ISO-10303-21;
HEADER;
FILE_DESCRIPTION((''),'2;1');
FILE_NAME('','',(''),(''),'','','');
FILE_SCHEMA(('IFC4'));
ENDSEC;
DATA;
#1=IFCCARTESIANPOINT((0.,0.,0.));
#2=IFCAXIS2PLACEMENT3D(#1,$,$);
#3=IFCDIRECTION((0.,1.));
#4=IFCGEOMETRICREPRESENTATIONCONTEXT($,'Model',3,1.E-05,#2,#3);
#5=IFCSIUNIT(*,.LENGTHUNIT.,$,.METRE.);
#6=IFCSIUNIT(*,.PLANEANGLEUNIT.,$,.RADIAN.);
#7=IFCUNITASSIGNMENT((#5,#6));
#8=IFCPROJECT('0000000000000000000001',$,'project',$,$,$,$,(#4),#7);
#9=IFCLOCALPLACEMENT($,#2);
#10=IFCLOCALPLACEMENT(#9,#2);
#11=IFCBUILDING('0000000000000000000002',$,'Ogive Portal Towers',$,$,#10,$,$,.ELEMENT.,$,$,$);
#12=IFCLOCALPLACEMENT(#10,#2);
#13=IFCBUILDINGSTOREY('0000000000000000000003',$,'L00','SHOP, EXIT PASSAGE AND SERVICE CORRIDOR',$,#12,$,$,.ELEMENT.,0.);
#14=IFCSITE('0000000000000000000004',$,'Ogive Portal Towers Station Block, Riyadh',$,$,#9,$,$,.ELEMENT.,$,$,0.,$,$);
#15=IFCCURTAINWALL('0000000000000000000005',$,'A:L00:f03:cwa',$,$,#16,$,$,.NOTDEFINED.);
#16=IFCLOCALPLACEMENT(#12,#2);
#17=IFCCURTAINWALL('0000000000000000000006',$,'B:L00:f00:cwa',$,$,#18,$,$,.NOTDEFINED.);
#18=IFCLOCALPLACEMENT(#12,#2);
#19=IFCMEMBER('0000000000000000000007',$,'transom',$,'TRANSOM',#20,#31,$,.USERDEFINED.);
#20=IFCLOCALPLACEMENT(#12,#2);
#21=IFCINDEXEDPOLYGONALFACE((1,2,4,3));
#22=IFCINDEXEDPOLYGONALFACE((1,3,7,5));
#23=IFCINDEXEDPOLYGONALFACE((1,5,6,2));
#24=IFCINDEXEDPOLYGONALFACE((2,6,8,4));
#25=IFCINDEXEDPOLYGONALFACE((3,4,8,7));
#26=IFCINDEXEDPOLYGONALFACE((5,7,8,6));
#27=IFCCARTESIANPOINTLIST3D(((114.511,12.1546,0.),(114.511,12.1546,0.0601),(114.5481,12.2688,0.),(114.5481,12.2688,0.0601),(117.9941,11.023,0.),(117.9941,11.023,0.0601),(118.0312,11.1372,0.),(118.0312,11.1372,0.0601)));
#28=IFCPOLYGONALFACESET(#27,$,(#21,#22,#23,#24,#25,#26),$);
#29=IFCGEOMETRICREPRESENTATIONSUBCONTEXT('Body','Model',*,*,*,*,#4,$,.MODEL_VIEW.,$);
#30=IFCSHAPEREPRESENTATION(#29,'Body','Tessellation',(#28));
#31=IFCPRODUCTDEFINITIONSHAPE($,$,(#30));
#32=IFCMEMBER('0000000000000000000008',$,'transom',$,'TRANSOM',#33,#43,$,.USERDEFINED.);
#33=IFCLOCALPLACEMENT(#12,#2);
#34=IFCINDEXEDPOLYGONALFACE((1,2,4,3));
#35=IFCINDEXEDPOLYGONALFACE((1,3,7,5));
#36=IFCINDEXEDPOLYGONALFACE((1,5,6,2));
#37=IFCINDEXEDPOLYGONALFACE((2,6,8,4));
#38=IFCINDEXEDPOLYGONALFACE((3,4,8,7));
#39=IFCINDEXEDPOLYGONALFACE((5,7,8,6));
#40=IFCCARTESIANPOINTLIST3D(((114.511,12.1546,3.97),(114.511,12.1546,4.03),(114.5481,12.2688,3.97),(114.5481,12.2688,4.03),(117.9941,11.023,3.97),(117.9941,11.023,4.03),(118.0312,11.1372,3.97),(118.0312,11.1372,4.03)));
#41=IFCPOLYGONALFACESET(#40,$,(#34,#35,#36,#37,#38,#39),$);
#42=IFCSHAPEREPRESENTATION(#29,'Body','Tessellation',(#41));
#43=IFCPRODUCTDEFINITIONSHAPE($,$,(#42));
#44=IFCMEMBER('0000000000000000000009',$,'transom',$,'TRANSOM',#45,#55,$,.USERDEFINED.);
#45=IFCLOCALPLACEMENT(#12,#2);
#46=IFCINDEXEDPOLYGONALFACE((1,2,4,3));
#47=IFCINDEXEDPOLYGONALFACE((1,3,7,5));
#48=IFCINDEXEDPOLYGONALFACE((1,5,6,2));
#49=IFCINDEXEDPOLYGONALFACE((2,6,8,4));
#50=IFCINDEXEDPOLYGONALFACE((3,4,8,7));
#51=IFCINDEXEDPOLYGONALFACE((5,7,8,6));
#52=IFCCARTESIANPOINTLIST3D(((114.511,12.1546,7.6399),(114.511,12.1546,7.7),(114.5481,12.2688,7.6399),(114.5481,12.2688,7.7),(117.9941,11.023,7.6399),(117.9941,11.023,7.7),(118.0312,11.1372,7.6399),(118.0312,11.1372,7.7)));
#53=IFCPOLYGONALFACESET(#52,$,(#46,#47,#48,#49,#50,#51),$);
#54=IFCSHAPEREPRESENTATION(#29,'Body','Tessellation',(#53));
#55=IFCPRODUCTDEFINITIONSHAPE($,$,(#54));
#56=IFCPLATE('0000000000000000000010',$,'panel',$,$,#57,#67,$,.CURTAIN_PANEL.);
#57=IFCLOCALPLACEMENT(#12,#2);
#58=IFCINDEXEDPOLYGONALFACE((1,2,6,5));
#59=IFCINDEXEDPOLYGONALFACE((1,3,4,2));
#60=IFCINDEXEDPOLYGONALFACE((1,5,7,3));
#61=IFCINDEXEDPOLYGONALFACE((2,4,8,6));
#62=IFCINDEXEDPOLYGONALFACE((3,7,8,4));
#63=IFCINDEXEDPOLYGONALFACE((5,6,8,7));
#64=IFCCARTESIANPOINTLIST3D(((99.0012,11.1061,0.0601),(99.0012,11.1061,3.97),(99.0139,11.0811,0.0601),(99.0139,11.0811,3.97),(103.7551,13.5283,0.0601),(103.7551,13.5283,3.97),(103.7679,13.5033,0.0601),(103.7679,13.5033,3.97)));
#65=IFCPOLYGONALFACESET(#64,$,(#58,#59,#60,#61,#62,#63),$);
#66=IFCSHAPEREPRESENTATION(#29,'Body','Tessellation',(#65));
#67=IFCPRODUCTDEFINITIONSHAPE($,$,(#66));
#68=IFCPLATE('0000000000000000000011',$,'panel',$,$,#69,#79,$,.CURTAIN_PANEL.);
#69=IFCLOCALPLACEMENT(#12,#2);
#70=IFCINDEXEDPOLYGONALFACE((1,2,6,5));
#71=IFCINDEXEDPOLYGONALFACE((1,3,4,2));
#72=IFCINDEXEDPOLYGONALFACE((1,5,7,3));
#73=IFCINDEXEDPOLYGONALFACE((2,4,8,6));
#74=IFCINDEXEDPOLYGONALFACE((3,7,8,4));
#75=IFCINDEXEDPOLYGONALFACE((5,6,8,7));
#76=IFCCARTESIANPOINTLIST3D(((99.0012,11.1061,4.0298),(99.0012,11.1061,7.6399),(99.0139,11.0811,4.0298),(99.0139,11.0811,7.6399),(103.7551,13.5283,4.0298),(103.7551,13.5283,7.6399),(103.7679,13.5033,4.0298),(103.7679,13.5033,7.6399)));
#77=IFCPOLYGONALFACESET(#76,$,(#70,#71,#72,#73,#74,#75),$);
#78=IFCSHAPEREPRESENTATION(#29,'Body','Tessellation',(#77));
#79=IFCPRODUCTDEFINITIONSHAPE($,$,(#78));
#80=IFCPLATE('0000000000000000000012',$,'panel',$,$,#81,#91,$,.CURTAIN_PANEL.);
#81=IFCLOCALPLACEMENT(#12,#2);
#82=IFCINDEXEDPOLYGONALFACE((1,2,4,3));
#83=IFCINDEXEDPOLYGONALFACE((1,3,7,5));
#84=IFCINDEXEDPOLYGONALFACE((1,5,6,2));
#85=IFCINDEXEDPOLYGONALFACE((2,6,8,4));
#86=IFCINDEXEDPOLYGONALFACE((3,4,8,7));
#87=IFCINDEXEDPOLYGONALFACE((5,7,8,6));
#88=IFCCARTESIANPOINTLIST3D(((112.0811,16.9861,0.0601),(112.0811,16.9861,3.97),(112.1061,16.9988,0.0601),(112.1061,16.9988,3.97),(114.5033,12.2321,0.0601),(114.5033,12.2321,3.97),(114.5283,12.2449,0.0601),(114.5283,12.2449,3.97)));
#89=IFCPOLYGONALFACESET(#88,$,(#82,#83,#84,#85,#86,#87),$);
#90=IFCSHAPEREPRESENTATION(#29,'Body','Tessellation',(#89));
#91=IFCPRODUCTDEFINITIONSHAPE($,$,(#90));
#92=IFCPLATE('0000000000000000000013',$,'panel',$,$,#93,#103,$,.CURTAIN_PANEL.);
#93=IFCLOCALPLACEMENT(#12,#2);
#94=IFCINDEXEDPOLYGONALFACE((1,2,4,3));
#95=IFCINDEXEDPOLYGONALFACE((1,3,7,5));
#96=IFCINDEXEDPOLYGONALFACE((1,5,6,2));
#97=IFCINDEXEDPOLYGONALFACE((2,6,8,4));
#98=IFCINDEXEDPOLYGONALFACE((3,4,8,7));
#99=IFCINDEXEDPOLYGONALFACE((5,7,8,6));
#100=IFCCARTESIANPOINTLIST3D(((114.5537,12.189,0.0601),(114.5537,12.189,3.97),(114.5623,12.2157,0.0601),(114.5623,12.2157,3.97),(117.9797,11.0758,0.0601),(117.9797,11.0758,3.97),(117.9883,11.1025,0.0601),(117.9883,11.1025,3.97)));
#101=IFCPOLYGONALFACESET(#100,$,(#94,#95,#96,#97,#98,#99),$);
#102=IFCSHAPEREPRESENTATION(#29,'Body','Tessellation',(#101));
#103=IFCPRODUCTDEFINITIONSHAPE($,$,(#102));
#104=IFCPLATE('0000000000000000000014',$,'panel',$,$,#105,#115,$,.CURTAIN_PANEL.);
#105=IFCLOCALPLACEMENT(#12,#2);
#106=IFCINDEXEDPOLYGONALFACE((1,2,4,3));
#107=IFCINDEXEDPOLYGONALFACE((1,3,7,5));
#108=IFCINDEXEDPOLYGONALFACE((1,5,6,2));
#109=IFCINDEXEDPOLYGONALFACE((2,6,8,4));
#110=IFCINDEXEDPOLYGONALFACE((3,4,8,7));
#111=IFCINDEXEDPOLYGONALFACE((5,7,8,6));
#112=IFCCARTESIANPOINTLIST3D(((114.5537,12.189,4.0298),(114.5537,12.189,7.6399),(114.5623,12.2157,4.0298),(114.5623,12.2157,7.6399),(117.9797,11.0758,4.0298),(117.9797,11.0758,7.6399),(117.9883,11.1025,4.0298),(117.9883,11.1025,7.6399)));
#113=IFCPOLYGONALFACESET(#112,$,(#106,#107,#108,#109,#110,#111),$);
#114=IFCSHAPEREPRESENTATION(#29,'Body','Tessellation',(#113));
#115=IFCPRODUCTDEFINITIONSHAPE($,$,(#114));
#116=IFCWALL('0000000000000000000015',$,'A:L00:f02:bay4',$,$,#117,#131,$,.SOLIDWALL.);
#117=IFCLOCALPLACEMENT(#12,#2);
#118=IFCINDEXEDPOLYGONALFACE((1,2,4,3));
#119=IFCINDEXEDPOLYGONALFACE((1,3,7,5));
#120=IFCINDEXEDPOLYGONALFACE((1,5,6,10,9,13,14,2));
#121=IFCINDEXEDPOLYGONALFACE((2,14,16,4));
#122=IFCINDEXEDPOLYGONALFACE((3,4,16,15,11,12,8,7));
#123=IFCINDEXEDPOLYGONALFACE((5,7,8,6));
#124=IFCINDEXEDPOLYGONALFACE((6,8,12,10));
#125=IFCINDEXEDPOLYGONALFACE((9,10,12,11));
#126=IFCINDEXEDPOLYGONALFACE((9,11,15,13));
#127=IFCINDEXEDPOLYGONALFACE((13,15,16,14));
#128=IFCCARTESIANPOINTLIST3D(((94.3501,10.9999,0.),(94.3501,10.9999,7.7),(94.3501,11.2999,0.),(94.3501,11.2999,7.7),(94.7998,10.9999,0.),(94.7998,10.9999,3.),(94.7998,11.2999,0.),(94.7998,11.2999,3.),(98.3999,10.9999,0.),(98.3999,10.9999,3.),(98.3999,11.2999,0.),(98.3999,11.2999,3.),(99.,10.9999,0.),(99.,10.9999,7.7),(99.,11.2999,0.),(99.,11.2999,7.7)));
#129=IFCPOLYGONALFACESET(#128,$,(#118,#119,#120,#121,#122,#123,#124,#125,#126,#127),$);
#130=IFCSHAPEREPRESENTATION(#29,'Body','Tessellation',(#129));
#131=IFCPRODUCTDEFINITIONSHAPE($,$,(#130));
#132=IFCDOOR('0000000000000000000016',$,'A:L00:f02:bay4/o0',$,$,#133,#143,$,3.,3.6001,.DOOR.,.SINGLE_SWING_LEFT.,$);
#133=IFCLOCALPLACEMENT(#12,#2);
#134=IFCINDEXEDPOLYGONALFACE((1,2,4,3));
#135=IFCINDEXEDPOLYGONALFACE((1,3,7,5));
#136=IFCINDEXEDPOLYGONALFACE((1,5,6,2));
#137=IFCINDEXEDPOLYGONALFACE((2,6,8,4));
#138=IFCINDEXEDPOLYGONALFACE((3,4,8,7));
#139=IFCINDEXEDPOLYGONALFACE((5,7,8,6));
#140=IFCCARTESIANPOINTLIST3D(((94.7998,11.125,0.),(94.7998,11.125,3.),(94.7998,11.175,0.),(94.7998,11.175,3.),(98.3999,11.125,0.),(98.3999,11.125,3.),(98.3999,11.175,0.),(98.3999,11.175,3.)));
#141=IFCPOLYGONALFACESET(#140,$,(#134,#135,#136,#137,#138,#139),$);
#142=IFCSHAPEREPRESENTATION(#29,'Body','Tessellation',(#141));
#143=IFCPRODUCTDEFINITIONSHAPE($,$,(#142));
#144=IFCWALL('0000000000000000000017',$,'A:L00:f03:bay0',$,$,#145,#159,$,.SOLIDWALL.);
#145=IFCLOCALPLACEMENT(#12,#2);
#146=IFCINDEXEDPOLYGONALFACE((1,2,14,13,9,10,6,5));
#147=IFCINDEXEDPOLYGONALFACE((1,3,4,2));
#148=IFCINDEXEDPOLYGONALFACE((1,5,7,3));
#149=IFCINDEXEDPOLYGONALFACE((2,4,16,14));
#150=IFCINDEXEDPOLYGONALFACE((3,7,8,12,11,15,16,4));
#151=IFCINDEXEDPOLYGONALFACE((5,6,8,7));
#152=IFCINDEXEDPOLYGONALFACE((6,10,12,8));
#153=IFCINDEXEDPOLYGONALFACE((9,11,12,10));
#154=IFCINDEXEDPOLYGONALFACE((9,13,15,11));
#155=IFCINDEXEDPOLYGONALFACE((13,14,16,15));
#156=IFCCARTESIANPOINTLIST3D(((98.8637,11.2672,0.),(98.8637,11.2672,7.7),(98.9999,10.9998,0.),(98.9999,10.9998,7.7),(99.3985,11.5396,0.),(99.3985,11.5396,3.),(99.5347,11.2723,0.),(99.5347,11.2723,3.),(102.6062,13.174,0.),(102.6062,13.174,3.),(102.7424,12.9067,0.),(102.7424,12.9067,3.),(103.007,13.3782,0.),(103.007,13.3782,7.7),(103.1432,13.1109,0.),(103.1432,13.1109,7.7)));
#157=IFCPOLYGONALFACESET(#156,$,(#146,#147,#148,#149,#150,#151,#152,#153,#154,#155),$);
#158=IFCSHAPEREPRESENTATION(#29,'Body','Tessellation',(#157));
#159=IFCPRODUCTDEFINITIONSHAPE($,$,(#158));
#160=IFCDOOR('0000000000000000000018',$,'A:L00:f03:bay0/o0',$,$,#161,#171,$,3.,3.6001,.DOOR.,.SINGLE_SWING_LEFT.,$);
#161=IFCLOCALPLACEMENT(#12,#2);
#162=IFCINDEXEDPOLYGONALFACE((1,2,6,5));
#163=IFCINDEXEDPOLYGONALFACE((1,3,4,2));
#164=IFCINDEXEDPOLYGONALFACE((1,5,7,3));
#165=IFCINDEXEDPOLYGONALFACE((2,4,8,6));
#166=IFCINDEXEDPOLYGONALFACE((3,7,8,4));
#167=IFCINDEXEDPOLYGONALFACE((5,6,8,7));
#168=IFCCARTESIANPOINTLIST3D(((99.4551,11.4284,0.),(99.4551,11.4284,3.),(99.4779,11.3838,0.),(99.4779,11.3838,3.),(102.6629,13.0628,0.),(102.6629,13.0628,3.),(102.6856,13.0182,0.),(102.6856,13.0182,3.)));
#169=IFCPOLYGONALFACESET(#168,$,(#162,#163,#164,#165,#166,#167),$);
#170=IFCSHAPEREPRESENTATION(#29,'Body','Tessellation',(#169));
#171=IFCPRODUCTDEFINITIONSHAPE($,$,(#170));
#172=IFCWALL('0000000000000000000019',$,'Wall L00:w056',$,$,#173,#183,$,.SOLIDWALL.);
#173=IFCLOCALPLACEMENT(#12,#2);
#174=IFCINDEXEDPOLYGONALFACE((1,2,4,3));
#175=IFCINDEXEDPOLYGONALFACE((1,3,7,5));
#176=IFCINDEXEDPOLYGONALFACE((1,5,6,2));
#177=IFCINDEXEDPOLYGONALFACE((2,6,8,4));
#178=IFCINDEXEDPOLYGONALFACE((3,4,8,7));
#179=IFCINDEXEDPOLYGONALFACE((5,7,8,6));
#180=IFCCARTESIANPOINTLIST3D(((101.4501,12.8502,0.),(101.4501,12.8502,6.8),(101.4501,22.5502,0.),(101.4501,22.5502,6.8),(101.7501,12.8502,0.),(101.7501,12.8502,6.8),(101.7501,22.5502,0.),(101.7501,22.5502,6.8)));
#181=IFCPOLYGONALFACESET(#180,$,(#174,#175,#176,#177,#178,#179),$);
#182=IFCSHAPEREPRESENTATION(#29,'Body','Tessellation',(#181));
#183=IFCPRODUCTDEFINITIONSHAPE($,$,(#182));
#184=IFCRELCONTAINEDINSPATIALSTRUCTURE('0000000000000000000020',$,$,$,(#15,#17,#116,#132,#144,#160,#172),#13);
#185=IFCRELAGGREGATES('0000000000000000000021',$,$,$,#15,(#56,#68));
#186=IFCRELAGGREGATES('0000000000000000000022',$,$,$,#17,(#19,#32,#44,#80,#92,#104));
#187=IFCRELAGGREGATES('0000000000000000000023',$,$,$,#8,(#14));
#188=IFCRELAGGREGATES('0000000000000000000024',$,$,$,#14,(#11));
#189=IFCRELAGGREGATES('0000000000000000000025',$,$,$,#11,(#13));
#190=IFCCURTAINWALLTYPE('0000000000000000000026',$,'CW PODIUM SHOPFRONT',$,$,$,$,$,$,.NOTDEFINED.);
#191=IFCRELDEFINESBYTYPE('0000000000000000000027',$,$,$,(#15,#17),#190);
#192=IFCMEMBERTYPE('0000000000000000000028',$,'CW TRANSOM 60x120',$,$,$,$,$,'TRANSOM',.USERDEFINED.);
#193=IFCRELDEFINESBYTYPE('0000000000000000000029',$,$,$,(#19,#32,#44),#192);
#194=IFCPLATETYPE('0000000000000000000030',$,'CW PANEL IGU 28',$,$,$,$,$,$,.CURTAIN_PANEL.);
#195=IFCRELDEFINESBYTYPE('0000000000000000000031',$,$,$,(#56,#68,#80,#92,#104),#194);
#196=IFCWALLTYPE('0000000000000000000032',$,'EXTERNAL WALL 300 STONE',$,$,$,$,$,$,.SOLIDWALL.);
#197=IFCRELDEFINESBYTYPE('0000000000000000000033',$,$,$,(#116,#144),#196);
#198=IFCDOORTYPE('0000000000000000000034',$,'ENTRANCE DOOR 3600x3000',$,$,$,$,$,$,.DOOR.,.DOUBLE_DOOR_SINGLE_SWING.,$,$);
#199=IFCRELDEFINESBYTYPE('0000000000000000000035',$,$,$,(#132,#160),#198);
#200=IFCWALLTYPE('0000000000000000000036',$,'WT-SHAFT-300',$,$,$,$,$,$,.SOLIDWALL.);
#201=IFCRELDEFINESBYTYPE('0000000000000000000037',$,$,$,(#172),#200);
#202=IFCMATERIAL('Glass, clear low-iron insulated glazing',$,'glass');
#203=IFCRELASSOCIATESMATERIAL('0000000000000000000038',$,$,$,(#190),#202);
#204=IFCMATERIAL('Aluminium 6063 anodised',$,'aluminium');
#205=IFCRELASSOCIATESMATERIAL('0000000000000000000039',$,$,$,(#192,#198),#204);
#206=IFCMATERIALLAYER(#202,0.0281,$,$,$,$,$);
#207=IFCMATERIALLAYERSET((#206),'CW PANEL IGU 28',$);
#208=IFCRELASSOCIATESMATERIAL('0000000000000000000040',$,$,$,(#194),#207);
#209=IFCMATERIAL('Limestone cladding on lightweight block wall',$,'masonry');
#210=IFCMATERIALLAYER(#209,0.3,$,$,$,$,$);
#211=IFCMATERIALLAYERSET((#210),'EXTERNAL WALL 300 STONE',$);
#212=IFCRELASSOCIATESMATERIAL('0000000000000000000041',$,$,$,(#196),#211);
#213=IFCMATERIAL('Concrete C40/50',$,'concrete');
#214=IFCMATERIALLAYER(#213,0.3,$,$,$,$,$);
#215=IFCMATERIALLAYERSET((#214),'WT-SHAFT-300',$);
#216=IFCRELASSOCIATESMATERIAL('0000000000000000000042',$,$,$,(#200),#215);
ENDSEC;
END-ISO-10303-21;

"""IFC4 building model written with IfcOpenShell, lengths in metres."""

from ifc_helpers import new_model, si_unit, direction, frame, frame_2d, origin, origin_2d, place, context, subcontext, project, spatial, rectangle, extrude, material, layer, layer_set, material_profile, profile_set, type_object, element, fill, aggregate, save


model = new_model("IFC4")

# Units and contexts
model_context = context("Model", 3, precision=1e-05, world=origin(), true_north=direction((0.0, 1.0)))
body_context = subcontext(model_context, "Body", "Model", "MODEL_VIEW")
ifc_project = project(units=[si_unit("LENGTHUNIT", "METRE"), si_unit("PLANEANGLEUNIT", "RADIAN")], contexts=[model_context])

# Site, building, storey
site_placement = place(None, origin())
site = spatial("IfcSite", under=ifc_project, at=site_placement, Name="Ogive Portal Towers Station Block, Riyadh", CompositionType="ELEMENT", RefElevation=0.0)
building_placement = place(site_placement, origin())
building = spatial("IfcBuilding", under=site, at=building_placement, Name="Ogive Portal Towers", CompositionType="ELEMENT")
storey_placement = place(building_placement, origin())
storey = spatial("IfcBuildingStorey", under=building, at=storey_placement, Name="L00", Description="SHOP, EXIT PASSAGE AND SERVICE CORRIDOR", CompositionType="ELEMENT", Elevation=0.0)

# Curtain wall
ifc_material_1 = material(Name="Glass, clear low-iron insulated glazing", Category="glass")
curtain_wall_type = type_object("IfcCurtainWallType", Name="CW PODIUM SHOPFRONT", PredefinedType="NOTDEFINED", material=ifc_material_1)
curtain_wall_1_placement = place(storey_placement, origin())
curtain_wall_1 = element("IfcCurtainWall", 1, at=curtain_wall_1_placement, inside=storey, type_object=curtain_wall_type, Name="A:L00:f03:cwa", PredefinedType="NOTDEFINED")
ifc_material_2 = material(Name="Aluminium 6063 anodised", Category="aluminium")

# Curtain wall
curtain_wall_2_placement = place(storey_placement, origin())
curtain_wall_2 = element("IfcCurtainWall", 2, at=curtain_wall_2_placement, inside=storey, type_object=curtain_wall_type, Name="B:L00:f00:cwa", PredefinedType="NOTDEFINED")

# Shared definitions
ifc_material_profile_1 = material_profile(ifc_material_2, rectangle(XDim=0.1201, YDim=0.0601, at=origin_2d()), Name="AL 120x60")
ifc_profile_set_1 = profile_set([ifc_material_profile_1], Name="Aluminium 6063 anodised")
member_type_1 = type_object("IfcMemberType", Name="CW TRANSOM 60x120", ElementType="TRANSOM", PredefinedType="USERDEFINED", material=ifc_profile_set_1)

# Members
member_1_placement = place(storey_placement, frame((114.5295, 12.2117, 0.03), z_axis=(0.951069, -0.308979, 0.0), x_axis=(0.308979, 0.951069, 0.0)))
member_1 = element("IfcMember", 3, at=member_1_placement, type_object=member_type_1, Name="transom", ObjectType="TRANSOM", PredefinedType="USERDEFINED", context=body_context, shape_type="SweptSolid", body=[
    extrude(rectangle(XDim=0.1201, YDim=0.0601, at=origin_2d()), origin(), (0.0, 0.0, 1.0), 3.6624),
])
member_2_placement = place(storey_placement, frame((114.5295, 12.2117, 4.0), z_axis=(0.951069, -0.308979, 0.0), x_axis=(0.308979, 0.951069, 0.0)))
member_2 = element("IfcMember", 4, at=member_2_placement, type_object=member_type_1, Name="transom", ObjectType="TRANSOM", PredefinedType="USERDEFINED", context=body_context, shape_type="SweptSolid", body=[
    extrude(rectangle(XDim=0.1201, YDim=0.0601, at=origin_2d()), origin(), (0.0, 0.0, 1.0), 3.6624),
])
member_3_placement = place(storey_placement, frame((114.5295, 12.2117, 7.6699), z_axis=(0.951069, -0.308979, 0.0), x_axis=(0.308979, 0.951069, 0.0)))
member_3 = element("IfcMember", 5, at=member_3_placement, type_object=member_type_1, Name="transom", ObjectType="TRANSOM", PredefinedType="USERDEFINED", context=body_context, shape_type="SweptSolid", body=[
    extrude(rectangle(XDim=0.1201, YDim=0.0601, at=origin_2d()), origin(), (0.0, 0.0, 1.0), 3.6624),
])

# Plates
ifc_layer_1 = layer(ifc_material_1, 0.0281)
ifc_layer_set_1 = layer_set([ifc_layer_1], Name="CW PANEL IGU 28")
plate_type = type_object("IfcPlateType", Name="CW PANEL IGU 28", PredefinedType="CURTAIN_PANEL", material=ifc_layer_set_1)
plate_1_placement = place(storey_placement, frame((101.3845, 12.3047, 0.0601), z_axis=(0.0, 0.0, 1.0), x_axis=(0.891007, 0.45399, 0.0)))
plate_1 = element("IfcPlate", 6, at=plate_1_placement, type_object=plate_type, Name="panel", PredefinedType="CURTAIN_PANEL", context=body_context, shape_type="SweptSolid", body=[
    extrude(rectangle(XDim=5.3354, YDim=0.0281, at=origin_2d()), origin(), (0.0, 0.0, 1.0), 3.9099),
])
plate_2_placement = place(storey_placement, frame((101.3845, 12.3047, 4.0298), z_axis=(0.0, 0.0, 1.0), x_axis=(0.891007, 0.45399, 0.0)))
plate_2 = element("IfcPlate", 7, at=plate_2_placement, type_object=plate_type, Name="panel", PredefinedType="CURTAIN_PANEL", context=body_context, shape_type="SweptSolid", body=[
    extrude(rectangle(XDim=5.3354, YDim=0.0281, at=origin_2d()), origin(), (0.0, 0.0, 1.0), 3.6101),
])
aggregate(curtain_wall_1, [plate_1, plate_2])
plate_3_placement = place(storey_placement, frame((113.3047, 14.6155, 0.0601), z_axis=(0.0, 0.0, 1.0), x_axis=(0.45399, -0.891007, 0.0)))
plate_3 = element("IfcPlate", 8, at=plate_3_placement, type_object=plate_type, Name="panel", PredefinedType="CURTAIN_PANEL", context=body_context, shape_type="SweptSolid", body=[
    extrude(rectangle(XDim=5.3354, YDim=0.0281, at=origin_2d()), origin(), (0.0, 0.0, 1.0), 3.9099),
])
plate_4_placement = place(storey_placement, frame((116.271, 11.6458, 0.0601), z_axis=(0.0, 0.0, 1.0), x_axis=(0.951057, -0.309017, 0.0)))
plate_4 = element("IfcPlate", 9, at=plate_4_placement, type_object=plate_type, Name="panel", PredefinedType="CURTAIN_PANEL", context=body_context, shape_type="SweptSolid", body=[
    extrude(rectangle(XDim=3.6023, YDim=0.0281, at=origin_2d()), origin(), (0.0, 0.0, 1.0), 3.9099),
])
plate_5_placement = place(storey_placement, frame((116.271, 11.6458, 4.0298), z_axis=(0.0, 0.0, 1.0), x_axis=(0.951057, -0.309017, 0.0)))
plate_5 = element("IfcPlate", 10, at=plate_5_placement, type_object=plate_type, Name="panel", PredefinedType="CURTAIN_PANEL", context=body_context, shape_type="SweptSolid", body=[
    extrude(rectangle(XDim=3.6023, YDim=0.0281, at=origin_2d()), origin(), (0.0, 0.0, 1.0), 3.6101),
])
aggregate(curtain_wall_2, [member_1, member_2, member_3, plate_3, plate_4, plate_5])

# Walls, openings, doors
ifc_material_3 = material(Name="Limestone cladding on lightweight block wall", Category="masonry")
ifc_layer_2 = layer(ifc_material_3, 0.3)
ifc_layer_set_2 = layer_set([ifc_layer_2], Name="EXTERNAL WALL 300 STONE")
wall_type_1 = type_object("IfcWallType", Name="EXTERNAL WALL 300 STONE", PredefinedType="SOLIDWALL", material=ifc_layer_set_2)
wall_1_placement = place(storey_placement, frame((99.0, 11.1499, 0.0), z_axis=(0.0, 0.0, 1.0), x_axis=(-1.0, 0.0, 0.0)))
wall_1 = element("IfcWall", 11, at=wall_1_placement, inside=storey, type_object=wall_type_1, Name="A:L00:f02:bay4", PredefinedType="SOLIDWALL", context=body_context, shape_type="SweptSolid", body=[
    extrude(rectangle(XDim=4.6499, YDim=0.3, at=frame_2d((2.325, 0.0))), origin(), (0.0, 0.0, 1.0), 7.7),
])
opening_1_placement = place(wall_1_placement, frame((0.6001, 0.0, 0.0)))
opening_1 = element("IfcOpeningElement", 12, at=opening_1_placement, cuts=wall_1, PredefinedType="OPENING", context=body_context, shape_type="SweptSolid", body=[
    extrude(rectangle(XDim=3.6001, YDim=3.0, at=frame_2d((1.8, 1.5))), frame((0.0, 0.1602, 0.0), z_axis=(0.0, -1.0, 0.0), x_axis=(1.0, 0.0, 0.0)), (0.0, 0.0, 1.0), 0.3201),
])
door_type = type_object("IfcDoorType", Name="ENTRANCE DOOR 3600x3000", OperationType="DOUBLE_DOOR_SINGLE_SWING", PredefinedType="DOOR", material=ifc_material_2)
door_1_placement = place(opening_1_placement, origin())
door_1 = element("IfcDoor", 13, at=door_1_placement, inside=storey, type_object=door_type, Name="A:L00:f02:bay4/o0", OperationType="SINGLE_SWING_LEFT", OverallHeight=3.0, OverallWidth=3.6001, PredefinedType="DOOR", context=body_context, shape_type="SweptSolid", body=[
    extrude(rectangle(XDim=3.6001, YDim=3.0, at=frame_2d((1.8, 1.5))), frame((0.0, 0.0249, 0.0), z_axis=(0.0, -1.0, 0.0), x_axis=(1.0, 0.0, 0.0)), (0.0, 0.0, 1.0), 0.05),
])
fill(opening_1, door_1)
wall_2_placement = place(storey_placement, frame((103.0752, 13.2446, 0.0), z_axis=(0.0, 0.0, 1.0), x_axis=(-0.89101, -0.453984, 0.0)))
wall_2 = element("IfcWall", 14, at=wall_2_placement, inside=storey, type_object=wall_type_1, Name="A:L00:f03:bay0", PredefinedType="SOLIDWALL", context=body_context, shape_type="SweptSolid", body=[
    extrude(rectangle(XDim=4.6501, YDim=0.3, at=frame_2d((2.3252, 0.0))), origin(), (0.0, 0.0, 1.0), 7.7),
])
opening_2_placement = place(wall_2_placement, frame((0.45, 0.0, 0.0)))
opening_2 = element("IfcOpeningElement", 15, at=opening_2_placement, cuts=wall_2, PredefinedType="OPENING", context=body_context, shape_type="SweptSolid", body=[
    extrude(rectangle(XDim=3.6001, YDim=3.0, at=frame_2d((1.8, 1.5))), frame((0.0, 0.1602, 0.0), z_axis=(0.0, -1.0, 0.0), x_axis=(1.0, 0.0, 0.0)), (0.0, 0.0, 1.0), 0.3201),
])
door_2_placement = place(opening_2_placement, origin())
door_2 = element("IfcDoor", 16, at=door_2_placement, inside=storey, type_object=door_type, Name="A:L00:f03:bay0/o0", OperationType="SINGLE_SWING_LEFT", OverallHeight=3.0, OverallWidth=3.6001, PredefinedType="DOOR", context=body_context, shape_type="SweptSolid", body=[
    extrude(rectangle(XDim=3.6001, YDim=3.0, at=frame_2d((1.8, 1.5))), frame((0.0, 0.0249, 0.0), z_axis=(0.0, -1.0, 0.0), x_axis=(1.0, 0.0, 0.0)), (0.0, 0.0, 1.0), 0.05),
])
fill(opening_2, door_2)

# Wall
ifc_material_4 = material(Name="Concrete C40/50", Category="concrete")
ifc_layer_3 = layer(ifc_material_4, 0.3)
ifc_layer_set_3 = layer_set([ifc_layer_3], Name="WT-SHAFT-300")
wall_type_2 = type_object("IfcWallType", Name="WT-SHAFT-300", PredefinedType="SOLIDWALL", material=ifc_layer_set_3)
wall_3_placement = place(storey_placement, frame((101.6001, 12.8501, 0.0), z_axis=(0.0, 0.0, 1.0), x_axis=(0.0, 1.0, 0.0)))
element("IfcWall", 17, at=wall_3_placement, inside=storey, type_object=wall_type_2, Name="Wall L00:w056", PredefinedType="SOLIDWALL", context=body_context, shape_type="SweptSolid", body=[
    extrude(rectangle(XDim=9.7, YDim=0.3, at=frame_2d((4.8501, 0.0))), origin(), (0.0, 0.0, 1.0), 6.8),
])

save(model, "model.ifc")
